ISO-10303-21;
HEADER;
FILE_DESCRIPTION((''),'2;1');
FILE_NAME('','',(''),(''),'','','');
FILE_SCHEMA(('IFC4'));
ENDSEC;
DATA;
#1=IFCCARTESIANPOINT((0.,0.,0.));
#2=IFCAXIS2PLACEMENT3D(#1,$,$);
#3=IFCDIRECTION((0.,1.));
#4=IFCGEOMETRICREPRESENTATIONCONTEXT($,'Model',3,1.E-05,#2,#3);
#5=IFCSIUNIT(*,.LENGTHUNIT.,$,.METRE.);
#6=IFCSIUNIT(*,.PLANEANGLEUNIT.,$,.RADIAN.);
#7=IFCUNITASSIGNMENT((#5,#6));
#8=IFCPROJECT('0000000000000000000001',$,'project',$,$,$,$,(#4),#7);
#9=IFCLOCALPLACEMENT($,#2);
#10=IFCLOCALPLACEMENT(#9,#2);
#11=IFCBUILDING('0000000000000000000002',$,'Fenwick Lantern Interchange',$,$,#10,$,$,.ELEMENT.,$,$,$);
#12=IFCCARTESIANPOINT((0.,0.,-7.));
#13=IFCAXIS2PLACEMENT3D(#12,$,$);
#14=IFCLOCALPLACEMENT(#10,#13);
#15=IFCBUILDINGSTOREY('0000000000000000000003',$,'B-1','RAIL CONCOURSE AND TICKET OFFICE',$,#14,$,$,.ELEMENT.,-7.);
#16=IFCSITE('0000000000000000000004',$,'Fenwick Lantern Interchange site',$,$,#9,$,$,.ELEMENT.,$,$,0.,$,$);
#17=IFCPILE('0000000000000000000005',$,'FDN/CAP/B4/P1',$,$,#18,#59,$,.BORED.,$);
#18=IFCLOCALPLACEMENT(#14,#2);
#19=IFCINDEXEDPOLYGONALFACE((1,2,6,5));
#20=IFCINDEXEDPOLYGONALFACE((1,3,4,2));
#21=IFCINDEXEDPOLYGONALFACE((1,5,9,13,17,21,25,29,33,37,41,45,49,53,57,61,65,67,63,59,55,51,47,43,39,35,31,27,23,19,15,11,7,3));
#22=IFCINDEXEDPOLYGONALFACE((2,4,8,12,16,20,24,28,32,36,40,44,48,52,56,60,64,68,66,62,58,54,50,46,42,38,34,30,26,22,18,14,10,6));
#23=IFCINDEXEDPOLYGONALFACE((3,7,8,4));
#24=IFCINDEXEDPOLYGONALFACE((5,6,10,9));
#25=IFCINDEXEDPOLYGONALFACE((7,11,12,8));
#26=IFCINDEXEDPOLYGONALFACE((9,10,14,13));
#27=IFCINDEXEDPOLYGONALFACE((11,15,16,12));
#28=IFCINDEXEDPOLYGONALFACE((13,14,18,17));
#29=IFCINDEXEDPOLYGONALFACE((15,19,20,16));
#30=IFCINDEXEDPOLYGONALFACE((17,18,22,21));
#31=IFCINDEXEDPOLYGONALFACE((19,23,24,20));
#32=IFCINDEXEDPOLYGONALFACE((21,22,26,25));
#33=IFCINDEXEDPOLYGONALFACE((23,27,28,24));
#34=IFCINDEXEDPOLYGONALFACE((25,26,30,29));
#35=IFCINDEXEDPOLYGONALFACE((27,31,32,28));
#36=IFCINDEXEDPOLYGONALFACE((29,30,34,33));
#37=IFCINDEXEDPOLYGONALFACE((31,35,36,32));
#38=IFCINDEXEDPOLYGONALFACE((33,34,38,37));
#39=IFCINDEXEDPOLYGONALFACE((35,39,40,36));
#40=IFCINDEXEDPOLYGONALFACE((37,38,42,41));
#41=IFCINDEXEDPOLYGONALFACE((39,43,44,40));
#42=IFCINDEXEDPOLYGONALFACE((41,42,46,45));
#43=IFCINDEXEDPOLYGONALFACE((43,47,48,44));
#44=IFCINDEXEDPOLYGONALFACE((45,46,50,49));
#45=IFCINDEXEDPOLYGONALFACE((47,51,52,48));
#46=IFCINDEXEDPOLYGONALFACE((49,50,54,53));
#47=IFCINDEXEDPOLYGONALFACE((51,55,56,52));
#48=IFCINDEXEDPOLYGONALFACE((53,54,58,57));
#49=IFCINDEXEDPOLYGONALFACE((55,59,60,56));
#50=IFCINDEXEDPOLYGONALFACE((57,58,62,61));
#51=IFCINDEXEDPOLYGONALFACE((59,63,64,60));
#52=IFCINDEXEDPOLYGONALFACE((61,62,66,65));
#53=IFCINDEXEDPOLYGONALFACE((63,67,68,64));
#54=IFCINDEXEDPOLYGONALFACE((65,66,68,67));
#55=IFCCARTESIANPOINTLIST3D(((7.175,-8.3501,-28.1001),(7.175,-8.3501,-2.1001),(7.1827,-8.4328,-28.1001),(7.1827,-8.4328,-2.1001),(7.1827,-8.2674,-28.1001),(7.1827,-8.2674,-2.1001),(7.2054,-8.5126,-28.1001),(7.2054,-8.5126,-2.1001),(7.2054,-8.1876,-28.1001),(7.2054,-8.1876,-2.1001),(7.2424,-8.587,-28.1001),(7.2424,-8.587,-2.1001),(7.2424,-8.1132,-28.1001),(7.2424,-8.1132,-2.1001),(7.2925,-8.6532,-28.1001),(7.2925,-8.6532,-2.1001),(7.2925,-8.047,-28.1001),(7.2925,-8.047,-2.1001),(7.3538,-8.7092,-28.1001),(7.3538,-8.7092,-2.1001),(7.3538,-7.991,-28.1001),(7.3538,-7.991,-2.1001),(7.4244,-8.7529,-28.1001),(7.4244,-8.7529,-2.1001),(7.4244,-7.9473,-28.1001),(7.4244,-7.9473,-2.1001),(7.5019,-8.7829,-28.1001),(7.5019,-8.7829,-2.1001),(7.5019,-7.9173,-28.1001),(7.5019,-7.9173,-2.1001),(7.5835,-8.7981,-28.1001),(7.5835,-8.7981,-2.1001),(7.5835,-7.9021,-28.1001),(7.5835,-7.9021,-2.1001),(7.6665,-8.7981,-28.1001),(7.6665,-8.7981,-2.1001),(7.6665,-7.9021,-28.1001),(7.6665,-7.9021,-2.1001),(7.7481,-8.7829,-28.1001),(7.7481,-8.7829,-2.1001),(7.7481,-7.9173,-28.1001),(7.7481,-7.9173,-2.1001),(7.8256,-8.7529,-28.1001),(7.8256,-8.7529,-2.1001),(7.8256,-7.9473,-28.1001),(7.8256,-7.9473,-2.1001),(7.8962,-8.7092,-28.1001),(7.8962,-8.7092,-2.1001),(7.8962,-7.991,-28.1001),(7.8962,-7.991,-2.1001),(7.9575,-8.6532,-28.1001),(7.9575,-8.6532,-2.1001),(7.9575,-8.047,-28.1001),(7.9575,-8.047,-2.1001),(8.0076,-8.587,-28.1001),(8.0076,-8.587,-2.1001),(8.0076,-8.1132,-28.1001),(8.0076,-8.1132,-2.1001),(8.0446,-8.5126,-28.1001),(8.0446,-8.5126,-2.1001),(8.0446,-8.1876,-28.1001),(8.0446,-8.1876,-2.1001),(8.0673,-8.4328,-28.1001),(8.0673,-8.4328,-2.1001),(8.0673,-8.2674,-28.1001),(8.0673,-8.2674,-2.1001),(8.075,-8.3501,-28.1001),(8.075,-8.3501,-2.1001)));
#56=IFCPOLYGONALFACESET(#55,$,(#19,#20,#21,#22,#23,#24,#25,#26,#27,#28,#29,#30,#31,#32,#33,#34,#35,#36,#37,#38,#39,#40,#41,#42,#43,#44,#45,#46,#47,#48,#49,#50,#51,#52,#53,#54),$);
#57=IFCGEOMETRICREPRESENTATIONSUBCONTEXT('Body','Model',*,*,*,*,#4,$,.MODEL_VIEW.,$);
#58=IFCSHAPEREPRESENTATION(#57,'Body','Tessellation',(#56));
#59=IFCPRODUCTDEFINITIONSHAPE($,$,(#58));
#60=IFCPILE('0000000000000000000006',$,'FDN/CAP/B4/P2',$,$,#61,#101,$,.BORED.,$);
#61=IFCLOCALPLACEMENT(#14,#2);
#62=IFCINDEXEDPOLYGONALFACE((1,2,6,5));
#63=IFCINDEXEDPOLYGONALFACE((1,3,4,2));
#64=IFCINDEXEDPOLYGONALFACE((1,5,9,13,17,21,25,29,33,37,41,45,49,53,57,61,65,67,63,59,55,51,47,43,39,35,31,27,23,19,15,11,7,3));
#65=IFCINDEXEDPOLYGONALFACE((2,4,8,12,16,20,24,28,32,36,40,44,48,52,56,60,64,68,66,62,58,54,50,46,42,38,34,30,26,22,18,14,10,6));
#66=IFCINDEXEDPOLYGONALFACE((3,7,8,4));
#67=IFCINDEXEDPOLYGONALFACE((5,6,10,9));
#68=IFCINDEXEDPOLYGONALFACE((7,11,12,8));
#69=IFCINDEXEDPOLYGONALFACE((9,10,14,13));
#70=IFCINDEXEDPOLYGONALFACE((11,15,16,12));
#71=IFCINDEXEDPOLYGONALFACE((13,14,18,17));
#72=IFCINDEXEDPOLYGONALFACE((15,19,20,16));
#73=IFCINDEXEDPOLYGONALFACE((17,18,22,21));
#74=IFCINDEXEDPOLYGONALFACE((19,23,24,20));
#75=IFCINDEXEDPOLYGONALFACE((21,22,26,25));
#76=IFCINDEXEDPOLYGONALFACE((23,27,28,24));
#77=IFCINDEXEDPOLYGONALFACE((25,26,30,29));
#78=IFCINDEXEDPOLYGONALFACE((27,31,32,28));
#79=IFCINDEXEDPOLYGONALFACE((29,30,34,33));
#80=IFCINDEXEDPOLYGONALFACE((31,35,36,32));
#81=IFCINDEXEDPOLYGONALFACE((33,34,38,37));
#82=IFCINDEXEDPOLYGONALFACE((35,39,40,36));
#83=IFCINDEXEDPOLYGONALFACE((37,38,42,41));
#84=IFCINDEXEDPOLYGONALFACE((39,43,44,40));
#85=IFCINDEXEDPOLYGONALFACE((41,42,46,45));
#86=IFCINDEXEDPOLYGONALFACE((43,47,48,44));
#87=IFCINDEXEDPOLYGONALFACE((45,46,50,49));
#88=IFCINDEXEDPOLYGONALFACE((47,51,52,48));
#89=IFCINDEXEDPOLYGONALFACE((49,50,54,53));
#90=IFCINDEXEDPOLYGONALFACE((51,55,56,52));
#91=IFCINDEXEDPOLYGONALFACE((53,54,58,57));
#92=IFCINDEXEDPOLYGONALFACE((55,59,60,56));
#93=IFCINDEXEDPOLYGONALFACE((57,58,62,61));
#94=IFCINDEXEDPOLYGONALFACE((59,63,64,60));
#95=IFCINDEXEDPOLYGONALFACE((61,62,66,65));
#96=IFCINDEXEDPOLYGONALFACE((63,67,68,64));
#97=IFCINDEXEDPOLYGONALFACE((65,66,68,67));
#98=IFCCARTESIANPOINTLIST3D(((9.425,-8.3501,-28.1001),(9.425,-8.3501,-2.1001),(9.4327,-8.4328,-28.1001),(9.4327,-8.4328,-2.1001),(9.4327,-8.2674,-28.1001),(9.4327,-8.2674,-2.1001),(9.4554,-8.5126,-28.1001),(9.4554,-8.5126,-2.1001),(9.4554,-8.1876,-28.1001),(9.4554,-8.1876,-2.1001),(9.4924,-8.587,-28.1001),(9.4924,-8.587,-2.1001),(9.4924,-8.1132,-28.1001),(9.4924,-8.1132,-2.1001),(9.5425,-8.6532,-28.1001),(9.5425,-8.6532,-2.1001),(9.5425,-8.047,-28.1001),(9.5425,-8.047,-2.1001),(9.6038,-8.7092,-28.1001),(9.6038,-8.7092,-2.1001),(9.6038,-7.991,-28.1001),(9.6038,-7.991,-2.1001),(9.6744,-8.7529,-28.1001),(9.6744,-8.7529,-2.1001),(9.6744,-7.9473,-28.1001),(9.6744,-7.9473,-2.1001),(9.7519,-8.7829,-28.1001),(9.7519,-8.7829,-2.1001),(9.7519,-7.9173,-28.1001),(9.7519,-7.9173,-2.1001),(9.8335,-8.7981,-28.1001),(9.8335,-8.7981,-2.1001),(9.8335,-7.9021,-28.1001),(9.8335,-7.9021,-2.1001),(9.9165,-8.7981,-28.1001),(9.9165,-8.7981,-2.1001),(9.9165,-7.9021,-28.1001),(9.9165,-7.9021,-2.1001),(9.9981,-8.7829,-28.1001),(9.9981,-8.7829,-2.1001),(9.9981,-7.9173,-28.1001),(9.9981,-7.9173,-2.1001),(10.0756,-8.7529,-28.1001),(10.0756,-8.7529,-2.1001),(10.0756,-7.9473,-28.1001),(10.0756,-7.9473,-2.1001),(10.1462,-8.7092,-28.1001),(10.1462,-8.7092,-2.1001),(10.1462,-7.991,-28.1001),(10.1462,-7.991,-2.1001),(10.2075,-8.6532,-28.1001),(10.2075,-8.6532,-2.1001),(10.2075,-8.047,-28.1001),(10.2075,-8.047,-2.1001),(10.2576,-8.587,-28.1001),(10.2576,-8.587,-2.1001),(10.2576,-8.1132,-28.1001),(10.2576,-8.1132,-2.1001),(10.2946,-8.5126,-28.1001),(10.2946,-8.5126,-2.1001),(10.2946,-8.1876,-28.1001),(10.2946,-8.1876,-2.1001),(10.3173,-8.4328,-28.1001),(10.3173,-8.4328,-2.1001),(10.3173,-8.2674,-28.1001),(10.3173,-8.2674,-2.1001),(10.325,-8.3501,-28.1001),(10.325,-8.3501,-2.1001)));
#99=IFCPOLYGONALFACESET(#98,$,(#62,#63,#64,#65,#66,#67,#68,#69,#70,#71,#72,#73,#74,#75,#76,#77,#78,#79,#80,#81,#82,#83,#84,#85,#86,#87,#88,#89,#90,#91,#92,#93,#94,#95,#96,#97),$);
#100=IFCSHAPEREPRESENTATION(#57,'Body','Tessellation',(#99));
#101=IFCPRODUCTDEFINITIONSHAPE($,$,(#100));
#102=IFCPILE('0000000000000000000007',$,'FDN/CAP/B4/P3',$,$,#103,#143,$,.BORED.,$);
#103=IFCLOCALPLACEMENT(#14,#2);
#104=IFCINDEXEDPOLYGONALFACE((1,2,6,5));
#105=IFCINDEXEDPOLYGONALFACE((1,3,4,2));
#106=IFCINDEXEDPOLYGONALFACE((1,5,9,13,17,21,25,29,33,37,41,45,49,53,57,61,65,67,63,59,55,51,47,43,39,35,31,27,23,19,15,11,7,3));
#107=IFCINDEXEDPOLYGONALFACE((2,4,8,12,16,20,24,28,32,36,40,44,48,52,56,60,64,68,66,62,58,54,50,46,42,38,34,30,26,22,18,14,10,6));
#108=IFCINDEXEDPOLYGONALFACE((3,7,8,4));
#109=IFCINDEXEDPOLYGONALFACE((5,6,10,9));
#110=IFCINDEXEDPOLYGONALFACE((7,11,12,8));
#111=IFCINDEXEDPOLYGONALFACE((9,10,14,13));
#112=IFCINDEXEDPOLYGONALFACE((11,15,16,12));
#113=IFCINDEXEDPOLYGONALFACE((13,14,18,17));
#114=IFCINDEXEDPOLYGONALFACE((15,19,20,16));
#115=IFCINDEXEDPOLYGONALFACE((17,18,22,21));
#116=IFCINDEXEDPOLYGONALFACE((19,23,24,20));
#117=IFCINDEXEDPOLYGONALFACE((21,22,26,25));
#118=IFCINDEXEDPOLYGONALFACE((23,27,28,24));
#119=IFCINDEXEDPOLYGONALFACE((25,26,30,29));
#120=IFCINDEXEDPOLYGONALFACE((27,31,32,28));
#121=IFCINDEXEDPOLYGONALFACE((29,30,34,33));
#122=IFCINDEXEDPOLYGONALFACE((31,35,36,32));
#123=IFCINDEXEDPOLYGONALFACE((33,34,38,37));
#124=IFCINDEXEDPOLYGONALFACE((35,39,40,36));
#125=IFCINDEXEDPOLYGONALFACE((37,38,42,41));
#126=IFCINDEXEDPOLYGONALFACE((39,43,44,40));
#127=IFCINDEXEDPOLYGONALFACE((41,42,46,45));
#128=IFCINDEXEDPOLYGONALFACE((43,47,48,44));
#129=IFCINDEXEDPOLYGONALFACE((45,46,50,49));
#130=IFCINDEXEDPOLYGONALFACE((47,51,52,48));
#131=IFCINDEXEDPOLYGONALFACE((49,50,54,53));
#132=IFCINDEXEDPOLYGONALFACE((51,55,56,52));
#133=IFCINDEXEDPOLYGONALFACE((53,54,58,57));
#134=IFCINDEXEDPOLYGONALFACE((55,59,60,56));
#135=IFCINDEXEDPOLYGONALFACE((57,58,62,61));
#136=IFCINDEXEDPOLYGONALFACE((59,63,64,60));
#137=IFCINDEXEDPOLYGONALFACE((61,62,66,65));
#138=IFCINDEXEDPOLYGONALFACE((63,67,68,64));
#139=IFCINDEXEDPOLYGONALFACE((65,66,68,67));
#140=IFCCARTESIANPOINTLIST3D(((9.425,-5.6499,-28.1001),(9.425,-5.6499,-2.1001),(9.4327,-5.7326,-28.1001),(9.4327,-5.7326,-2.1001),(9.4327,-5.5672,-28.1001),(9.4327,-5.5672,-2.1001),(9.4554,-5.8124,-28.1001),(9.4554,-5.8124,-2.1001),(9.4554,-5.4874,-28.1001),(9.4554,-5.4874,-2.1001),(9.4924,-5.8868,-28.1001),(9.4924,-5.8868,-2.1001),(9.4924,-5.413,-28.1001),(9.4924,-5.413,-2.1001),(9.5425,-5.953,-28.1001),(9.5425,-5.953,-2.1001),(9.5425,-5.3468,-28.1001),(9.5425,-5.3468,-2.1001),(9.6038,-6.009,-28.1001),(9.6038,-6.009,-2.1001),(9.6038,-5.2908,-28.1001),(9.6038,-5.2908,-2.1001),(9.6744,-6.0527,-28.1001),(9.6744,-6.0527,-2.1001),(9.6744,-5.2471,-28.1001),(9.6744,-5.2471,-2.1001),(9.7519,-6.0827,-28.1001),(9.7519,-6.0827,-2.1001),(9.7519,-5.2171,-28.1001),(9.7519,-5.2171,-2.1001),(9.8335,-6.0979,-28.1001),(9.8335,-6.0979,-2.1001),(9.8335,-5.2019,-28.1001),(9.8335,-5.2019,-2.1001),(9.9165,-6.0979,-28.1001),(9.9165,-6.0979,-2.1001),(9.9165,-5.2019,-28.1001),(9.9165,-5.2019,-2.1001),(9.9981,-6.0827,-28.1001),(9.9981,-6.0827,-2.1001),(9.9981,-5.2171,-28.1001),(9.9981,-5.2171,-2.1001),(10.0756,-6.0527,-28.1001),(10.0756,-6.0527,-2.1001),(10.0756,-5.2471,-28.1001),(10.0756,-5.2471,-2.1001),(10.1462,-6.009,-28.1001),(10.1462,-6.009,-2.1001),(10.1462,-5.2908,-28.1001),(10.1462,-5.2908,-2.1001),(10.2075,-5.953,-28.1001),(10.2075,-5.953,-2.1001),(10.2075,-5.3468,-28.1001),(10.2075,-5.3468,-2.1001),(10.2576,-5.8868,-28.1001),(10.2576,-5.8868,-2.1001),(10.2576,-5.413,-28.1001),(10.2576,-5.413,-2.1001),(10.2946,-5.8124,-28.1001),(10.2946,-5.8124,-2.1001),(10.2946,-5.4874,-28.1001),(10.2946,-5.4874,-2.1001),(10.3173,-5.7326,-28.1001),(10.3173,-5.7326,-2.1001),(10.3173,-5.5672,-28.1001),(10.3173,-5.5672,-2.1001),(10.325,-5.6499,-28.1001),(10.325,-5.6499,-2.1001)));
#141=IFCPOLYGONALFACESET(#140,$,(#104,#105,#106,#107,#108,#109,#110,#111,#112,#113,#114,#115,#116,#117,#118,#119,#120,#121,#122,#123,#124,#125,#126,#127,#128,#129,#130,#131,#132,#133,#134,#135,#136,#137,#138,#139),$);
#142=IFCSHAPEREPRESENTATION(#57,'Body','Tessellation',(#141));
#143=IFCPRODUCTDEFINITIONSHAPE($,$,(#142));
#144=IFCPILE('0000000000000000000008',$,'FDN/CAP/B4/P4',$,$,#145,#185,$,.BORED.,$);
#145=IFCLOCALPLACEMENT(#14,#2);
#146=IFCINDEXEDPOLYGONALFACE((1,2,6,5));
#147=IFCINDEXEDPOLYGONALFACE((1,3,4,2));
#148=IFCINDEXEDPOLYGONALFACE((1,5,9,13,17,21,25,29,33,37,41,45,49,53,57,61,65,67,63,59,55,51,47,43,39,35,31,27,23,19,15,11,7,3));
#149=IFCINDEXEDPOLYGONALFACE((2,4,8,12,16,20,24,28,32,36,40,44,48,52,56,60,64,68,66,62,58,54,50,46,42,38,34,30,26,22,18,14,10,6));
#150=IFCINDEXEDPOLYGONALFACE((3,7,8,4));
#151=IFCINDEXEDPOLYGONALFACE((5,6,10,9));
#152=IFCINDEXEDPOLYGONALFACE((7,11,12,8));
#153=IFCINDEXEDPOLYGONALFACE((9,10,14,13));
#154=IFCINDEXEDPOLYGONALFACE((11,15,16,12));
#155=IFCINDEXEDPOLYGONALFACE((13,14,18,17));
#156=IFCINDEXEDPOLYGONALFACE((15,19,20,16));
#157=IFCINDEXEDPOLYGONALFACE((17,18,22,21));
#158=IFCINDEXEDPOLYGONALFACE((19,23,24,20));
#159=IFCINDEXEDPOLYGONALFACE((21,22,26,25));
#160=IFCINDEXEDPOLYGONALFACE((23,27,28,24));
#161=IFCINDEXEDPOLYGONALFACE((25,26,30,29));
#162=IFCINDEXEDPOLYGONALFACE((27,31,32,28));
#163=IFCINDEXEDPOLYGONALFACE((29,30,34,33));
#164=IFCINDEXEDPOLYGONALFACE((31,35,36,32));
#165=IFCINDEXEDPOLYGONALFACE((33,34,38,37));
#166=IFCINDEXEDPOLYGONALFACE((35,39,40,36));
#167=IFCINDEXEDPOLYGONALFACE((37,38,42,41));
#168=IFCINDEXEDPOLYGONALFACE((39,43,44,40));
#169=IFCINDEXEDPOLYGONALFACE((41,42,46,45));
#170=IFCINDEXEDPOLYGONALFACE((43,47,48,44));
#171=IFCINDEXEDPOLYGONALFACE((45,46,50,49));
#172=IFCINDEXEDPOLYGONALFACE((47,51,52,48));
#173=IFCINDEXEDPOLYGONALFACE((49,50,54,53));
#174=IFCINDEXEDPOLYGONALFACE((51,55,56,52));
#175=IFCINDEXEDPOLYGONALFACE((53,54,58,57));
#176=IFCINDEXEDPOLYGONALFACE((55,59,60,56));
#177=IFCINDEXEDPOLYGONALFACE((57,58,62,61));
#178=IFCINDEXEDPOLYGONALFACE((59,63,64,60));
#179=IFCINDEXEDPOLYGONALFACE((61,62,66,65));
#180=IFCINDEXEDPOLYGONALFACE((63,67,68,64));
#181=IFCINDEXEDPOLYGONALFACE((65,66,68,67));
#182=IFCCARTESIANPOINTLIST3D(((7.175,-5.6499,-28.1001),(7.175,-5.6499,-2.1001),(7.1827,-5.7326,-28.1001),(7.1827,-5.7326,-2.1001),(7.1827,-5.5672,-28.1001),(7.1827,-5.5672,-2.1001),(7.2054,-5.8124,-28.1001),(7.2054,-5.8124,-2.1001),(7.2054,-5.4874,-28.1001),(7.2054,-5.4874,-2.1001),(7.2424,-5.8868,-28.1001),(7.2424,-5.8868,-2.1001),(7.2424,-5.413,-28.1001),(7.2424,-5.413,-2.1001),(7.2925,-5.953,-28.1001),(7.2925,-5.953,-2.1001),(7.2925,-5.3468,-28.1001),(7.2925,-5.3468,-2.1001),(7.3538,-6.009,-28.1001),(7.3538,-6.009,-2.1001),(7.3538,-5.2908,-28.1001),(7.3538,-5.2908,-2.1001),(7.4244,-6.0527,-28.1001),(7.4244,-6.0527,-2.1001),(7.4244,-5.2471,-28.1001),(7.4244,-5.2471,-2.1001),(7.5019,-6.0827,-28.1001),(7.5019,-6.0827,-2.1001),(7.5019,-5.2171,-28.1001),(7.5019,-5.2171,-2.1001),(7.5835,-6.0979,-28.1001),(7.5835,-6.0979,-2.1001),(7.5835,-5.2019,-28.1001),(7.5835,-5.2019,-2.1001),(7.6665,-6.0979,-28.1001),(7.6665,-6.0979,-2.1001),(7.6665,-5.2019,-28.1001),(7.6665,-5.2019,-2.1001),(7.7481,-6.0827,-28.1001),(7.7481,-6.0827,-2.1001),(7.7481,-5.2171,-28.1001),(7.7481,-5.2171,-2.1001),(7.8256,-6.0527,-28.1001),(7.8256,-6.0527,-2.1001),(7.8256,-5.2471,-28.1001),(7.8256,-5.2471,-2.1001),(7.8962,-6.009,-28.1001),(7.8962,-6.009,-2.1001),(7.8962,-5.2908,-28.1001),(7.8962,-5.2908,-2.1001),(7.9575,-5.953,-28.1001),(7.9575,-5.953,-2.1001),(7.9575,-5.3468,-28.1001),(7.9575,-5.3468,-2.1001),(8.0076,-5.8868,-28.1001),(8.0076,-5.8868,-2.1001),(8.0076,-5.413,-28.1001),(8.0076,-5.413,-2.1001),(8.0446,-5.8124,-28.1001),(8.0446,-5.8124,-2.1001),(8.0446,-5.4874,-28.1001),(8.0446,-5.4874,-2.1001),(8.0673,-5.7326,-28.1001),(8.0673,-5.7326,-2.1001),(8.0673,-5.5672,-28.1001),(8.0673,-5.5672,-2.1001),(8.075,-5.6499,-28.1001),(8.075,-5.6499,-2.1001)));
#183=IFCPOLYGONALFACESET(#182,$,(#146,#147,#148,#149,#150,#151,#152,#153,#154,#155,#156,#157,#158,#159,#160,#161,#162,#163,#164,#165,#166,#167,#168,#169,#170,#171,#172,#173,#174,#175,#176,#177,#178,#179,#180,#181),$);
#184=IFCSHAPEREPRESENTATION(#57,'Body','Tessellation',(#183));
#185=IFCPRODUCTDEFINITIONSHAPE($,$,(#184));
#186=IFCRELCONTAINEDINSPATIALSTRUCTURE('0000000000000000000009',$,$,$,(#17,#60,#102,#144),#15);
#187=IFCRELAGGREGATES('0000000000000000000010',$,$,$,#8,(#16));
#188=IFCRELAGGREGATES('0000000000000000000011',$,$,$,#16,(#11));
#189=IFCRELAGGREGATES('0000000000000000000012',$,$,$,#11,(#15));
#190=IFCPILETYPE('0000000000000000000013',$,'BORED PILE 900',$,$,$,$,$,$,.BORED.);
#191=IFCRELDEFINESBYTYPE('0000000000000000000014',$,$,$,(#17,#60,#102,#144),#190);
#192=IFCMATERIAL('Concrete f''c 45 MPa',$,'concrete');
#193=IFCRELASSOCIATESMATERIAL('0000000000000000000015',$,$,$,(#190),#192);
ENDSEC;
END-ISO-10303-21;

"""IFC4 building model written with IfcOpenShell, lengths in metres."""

from ifc_helpers import new_model, si_unit, direction, frame, origin, origin_2d, place, context, subcontext, project, spatial, circle, extrude, material, type_object, element, save


model = new_model("IFC4")

# Units and contexts
model_context = context("Model", 3, precision=1e-05, world=origin(), true_north=direction((0.0, 1.0)))
body_context = subcontext(model_context, "Body", "Model", "MODEL_VIEW")
ifc_project = project(units=[si_unit("LENGTHUNIT", "METRE"), si_unit("PLANEANGLEUNIT", "RADIAN")], contexts=[model_context])

# Site, building, storey
site_placement = place(None, origin())
site = spatial("IfcSite", under=ifc_project, at=site_placement, Name="Fenwick Lantern Interchange site", CompositionType="ELEMENT", RefElevation=0.0)
building_placement = place(site_placement, origin())
building = spatial("IfcBuilding", under=site, at=building_placement, Name="Fenwick Lantern Interchange", CompositionType="ELEMENT")
storey_placement = place(building_placement, frame((0.0, 0.0, -7.0)))
storey = spatial("IfcBuildingStorey", under=building, at=storey_placement, Name="B-1", Description="RAIL CONCOURSE AND TICKET OFFICE", CompositionType="ELEMENT", Elevation=-7.0)

# Piles
ifc_material_1 = material(Name="Concrete f'c 45 MPa", Category="concrete")
pile_type_1 = type_object("IfcPileType", Name="BORED PILE 900", PredefinedType="BORED", material=ifc_material_1)
for number, where, z_axis, x_axis, name in (
    (1, (7.625, -8.3501, -2.1001), (0.0, 0.0, -1.0), (1.0, 0.0, 0.0), "FDN/CAP/B4/P1"),
    (2, (9.875, -8.3501, -2.1001), (0.0, 0.0, -1.0), (1.0, 0.0, 0.0), "FDN/CAP/B4/P2"),
    (3, (9.875, -5.6499, -2.1001), (0.0, 0.0, -1.0), (1.0, 0.0, 0.0), "FDN/CAP/B4/P3"),
    (4, (7.625, -5.6499, -2.1001), (0.0, 0.0, -1.0), (1.0, 0.0, 0.0), "FDN/CAP/B4/P4"),
):
    element("IfcPile", number, at=place(storey_placement, frame(where, z_axis=z_axis, x_axis=x_axis)), inside=storey, type_object=pile_type_1, Name=name, PredefinedType="BORED", context=body_context, shape_type="SweptSolid", body=[
        extrude(circle(Radius=0.45, at=origin_2d()), origin(), (0.0, 0.0, 1.0), 26.0),
    ])

save(model, "model.ifc")
